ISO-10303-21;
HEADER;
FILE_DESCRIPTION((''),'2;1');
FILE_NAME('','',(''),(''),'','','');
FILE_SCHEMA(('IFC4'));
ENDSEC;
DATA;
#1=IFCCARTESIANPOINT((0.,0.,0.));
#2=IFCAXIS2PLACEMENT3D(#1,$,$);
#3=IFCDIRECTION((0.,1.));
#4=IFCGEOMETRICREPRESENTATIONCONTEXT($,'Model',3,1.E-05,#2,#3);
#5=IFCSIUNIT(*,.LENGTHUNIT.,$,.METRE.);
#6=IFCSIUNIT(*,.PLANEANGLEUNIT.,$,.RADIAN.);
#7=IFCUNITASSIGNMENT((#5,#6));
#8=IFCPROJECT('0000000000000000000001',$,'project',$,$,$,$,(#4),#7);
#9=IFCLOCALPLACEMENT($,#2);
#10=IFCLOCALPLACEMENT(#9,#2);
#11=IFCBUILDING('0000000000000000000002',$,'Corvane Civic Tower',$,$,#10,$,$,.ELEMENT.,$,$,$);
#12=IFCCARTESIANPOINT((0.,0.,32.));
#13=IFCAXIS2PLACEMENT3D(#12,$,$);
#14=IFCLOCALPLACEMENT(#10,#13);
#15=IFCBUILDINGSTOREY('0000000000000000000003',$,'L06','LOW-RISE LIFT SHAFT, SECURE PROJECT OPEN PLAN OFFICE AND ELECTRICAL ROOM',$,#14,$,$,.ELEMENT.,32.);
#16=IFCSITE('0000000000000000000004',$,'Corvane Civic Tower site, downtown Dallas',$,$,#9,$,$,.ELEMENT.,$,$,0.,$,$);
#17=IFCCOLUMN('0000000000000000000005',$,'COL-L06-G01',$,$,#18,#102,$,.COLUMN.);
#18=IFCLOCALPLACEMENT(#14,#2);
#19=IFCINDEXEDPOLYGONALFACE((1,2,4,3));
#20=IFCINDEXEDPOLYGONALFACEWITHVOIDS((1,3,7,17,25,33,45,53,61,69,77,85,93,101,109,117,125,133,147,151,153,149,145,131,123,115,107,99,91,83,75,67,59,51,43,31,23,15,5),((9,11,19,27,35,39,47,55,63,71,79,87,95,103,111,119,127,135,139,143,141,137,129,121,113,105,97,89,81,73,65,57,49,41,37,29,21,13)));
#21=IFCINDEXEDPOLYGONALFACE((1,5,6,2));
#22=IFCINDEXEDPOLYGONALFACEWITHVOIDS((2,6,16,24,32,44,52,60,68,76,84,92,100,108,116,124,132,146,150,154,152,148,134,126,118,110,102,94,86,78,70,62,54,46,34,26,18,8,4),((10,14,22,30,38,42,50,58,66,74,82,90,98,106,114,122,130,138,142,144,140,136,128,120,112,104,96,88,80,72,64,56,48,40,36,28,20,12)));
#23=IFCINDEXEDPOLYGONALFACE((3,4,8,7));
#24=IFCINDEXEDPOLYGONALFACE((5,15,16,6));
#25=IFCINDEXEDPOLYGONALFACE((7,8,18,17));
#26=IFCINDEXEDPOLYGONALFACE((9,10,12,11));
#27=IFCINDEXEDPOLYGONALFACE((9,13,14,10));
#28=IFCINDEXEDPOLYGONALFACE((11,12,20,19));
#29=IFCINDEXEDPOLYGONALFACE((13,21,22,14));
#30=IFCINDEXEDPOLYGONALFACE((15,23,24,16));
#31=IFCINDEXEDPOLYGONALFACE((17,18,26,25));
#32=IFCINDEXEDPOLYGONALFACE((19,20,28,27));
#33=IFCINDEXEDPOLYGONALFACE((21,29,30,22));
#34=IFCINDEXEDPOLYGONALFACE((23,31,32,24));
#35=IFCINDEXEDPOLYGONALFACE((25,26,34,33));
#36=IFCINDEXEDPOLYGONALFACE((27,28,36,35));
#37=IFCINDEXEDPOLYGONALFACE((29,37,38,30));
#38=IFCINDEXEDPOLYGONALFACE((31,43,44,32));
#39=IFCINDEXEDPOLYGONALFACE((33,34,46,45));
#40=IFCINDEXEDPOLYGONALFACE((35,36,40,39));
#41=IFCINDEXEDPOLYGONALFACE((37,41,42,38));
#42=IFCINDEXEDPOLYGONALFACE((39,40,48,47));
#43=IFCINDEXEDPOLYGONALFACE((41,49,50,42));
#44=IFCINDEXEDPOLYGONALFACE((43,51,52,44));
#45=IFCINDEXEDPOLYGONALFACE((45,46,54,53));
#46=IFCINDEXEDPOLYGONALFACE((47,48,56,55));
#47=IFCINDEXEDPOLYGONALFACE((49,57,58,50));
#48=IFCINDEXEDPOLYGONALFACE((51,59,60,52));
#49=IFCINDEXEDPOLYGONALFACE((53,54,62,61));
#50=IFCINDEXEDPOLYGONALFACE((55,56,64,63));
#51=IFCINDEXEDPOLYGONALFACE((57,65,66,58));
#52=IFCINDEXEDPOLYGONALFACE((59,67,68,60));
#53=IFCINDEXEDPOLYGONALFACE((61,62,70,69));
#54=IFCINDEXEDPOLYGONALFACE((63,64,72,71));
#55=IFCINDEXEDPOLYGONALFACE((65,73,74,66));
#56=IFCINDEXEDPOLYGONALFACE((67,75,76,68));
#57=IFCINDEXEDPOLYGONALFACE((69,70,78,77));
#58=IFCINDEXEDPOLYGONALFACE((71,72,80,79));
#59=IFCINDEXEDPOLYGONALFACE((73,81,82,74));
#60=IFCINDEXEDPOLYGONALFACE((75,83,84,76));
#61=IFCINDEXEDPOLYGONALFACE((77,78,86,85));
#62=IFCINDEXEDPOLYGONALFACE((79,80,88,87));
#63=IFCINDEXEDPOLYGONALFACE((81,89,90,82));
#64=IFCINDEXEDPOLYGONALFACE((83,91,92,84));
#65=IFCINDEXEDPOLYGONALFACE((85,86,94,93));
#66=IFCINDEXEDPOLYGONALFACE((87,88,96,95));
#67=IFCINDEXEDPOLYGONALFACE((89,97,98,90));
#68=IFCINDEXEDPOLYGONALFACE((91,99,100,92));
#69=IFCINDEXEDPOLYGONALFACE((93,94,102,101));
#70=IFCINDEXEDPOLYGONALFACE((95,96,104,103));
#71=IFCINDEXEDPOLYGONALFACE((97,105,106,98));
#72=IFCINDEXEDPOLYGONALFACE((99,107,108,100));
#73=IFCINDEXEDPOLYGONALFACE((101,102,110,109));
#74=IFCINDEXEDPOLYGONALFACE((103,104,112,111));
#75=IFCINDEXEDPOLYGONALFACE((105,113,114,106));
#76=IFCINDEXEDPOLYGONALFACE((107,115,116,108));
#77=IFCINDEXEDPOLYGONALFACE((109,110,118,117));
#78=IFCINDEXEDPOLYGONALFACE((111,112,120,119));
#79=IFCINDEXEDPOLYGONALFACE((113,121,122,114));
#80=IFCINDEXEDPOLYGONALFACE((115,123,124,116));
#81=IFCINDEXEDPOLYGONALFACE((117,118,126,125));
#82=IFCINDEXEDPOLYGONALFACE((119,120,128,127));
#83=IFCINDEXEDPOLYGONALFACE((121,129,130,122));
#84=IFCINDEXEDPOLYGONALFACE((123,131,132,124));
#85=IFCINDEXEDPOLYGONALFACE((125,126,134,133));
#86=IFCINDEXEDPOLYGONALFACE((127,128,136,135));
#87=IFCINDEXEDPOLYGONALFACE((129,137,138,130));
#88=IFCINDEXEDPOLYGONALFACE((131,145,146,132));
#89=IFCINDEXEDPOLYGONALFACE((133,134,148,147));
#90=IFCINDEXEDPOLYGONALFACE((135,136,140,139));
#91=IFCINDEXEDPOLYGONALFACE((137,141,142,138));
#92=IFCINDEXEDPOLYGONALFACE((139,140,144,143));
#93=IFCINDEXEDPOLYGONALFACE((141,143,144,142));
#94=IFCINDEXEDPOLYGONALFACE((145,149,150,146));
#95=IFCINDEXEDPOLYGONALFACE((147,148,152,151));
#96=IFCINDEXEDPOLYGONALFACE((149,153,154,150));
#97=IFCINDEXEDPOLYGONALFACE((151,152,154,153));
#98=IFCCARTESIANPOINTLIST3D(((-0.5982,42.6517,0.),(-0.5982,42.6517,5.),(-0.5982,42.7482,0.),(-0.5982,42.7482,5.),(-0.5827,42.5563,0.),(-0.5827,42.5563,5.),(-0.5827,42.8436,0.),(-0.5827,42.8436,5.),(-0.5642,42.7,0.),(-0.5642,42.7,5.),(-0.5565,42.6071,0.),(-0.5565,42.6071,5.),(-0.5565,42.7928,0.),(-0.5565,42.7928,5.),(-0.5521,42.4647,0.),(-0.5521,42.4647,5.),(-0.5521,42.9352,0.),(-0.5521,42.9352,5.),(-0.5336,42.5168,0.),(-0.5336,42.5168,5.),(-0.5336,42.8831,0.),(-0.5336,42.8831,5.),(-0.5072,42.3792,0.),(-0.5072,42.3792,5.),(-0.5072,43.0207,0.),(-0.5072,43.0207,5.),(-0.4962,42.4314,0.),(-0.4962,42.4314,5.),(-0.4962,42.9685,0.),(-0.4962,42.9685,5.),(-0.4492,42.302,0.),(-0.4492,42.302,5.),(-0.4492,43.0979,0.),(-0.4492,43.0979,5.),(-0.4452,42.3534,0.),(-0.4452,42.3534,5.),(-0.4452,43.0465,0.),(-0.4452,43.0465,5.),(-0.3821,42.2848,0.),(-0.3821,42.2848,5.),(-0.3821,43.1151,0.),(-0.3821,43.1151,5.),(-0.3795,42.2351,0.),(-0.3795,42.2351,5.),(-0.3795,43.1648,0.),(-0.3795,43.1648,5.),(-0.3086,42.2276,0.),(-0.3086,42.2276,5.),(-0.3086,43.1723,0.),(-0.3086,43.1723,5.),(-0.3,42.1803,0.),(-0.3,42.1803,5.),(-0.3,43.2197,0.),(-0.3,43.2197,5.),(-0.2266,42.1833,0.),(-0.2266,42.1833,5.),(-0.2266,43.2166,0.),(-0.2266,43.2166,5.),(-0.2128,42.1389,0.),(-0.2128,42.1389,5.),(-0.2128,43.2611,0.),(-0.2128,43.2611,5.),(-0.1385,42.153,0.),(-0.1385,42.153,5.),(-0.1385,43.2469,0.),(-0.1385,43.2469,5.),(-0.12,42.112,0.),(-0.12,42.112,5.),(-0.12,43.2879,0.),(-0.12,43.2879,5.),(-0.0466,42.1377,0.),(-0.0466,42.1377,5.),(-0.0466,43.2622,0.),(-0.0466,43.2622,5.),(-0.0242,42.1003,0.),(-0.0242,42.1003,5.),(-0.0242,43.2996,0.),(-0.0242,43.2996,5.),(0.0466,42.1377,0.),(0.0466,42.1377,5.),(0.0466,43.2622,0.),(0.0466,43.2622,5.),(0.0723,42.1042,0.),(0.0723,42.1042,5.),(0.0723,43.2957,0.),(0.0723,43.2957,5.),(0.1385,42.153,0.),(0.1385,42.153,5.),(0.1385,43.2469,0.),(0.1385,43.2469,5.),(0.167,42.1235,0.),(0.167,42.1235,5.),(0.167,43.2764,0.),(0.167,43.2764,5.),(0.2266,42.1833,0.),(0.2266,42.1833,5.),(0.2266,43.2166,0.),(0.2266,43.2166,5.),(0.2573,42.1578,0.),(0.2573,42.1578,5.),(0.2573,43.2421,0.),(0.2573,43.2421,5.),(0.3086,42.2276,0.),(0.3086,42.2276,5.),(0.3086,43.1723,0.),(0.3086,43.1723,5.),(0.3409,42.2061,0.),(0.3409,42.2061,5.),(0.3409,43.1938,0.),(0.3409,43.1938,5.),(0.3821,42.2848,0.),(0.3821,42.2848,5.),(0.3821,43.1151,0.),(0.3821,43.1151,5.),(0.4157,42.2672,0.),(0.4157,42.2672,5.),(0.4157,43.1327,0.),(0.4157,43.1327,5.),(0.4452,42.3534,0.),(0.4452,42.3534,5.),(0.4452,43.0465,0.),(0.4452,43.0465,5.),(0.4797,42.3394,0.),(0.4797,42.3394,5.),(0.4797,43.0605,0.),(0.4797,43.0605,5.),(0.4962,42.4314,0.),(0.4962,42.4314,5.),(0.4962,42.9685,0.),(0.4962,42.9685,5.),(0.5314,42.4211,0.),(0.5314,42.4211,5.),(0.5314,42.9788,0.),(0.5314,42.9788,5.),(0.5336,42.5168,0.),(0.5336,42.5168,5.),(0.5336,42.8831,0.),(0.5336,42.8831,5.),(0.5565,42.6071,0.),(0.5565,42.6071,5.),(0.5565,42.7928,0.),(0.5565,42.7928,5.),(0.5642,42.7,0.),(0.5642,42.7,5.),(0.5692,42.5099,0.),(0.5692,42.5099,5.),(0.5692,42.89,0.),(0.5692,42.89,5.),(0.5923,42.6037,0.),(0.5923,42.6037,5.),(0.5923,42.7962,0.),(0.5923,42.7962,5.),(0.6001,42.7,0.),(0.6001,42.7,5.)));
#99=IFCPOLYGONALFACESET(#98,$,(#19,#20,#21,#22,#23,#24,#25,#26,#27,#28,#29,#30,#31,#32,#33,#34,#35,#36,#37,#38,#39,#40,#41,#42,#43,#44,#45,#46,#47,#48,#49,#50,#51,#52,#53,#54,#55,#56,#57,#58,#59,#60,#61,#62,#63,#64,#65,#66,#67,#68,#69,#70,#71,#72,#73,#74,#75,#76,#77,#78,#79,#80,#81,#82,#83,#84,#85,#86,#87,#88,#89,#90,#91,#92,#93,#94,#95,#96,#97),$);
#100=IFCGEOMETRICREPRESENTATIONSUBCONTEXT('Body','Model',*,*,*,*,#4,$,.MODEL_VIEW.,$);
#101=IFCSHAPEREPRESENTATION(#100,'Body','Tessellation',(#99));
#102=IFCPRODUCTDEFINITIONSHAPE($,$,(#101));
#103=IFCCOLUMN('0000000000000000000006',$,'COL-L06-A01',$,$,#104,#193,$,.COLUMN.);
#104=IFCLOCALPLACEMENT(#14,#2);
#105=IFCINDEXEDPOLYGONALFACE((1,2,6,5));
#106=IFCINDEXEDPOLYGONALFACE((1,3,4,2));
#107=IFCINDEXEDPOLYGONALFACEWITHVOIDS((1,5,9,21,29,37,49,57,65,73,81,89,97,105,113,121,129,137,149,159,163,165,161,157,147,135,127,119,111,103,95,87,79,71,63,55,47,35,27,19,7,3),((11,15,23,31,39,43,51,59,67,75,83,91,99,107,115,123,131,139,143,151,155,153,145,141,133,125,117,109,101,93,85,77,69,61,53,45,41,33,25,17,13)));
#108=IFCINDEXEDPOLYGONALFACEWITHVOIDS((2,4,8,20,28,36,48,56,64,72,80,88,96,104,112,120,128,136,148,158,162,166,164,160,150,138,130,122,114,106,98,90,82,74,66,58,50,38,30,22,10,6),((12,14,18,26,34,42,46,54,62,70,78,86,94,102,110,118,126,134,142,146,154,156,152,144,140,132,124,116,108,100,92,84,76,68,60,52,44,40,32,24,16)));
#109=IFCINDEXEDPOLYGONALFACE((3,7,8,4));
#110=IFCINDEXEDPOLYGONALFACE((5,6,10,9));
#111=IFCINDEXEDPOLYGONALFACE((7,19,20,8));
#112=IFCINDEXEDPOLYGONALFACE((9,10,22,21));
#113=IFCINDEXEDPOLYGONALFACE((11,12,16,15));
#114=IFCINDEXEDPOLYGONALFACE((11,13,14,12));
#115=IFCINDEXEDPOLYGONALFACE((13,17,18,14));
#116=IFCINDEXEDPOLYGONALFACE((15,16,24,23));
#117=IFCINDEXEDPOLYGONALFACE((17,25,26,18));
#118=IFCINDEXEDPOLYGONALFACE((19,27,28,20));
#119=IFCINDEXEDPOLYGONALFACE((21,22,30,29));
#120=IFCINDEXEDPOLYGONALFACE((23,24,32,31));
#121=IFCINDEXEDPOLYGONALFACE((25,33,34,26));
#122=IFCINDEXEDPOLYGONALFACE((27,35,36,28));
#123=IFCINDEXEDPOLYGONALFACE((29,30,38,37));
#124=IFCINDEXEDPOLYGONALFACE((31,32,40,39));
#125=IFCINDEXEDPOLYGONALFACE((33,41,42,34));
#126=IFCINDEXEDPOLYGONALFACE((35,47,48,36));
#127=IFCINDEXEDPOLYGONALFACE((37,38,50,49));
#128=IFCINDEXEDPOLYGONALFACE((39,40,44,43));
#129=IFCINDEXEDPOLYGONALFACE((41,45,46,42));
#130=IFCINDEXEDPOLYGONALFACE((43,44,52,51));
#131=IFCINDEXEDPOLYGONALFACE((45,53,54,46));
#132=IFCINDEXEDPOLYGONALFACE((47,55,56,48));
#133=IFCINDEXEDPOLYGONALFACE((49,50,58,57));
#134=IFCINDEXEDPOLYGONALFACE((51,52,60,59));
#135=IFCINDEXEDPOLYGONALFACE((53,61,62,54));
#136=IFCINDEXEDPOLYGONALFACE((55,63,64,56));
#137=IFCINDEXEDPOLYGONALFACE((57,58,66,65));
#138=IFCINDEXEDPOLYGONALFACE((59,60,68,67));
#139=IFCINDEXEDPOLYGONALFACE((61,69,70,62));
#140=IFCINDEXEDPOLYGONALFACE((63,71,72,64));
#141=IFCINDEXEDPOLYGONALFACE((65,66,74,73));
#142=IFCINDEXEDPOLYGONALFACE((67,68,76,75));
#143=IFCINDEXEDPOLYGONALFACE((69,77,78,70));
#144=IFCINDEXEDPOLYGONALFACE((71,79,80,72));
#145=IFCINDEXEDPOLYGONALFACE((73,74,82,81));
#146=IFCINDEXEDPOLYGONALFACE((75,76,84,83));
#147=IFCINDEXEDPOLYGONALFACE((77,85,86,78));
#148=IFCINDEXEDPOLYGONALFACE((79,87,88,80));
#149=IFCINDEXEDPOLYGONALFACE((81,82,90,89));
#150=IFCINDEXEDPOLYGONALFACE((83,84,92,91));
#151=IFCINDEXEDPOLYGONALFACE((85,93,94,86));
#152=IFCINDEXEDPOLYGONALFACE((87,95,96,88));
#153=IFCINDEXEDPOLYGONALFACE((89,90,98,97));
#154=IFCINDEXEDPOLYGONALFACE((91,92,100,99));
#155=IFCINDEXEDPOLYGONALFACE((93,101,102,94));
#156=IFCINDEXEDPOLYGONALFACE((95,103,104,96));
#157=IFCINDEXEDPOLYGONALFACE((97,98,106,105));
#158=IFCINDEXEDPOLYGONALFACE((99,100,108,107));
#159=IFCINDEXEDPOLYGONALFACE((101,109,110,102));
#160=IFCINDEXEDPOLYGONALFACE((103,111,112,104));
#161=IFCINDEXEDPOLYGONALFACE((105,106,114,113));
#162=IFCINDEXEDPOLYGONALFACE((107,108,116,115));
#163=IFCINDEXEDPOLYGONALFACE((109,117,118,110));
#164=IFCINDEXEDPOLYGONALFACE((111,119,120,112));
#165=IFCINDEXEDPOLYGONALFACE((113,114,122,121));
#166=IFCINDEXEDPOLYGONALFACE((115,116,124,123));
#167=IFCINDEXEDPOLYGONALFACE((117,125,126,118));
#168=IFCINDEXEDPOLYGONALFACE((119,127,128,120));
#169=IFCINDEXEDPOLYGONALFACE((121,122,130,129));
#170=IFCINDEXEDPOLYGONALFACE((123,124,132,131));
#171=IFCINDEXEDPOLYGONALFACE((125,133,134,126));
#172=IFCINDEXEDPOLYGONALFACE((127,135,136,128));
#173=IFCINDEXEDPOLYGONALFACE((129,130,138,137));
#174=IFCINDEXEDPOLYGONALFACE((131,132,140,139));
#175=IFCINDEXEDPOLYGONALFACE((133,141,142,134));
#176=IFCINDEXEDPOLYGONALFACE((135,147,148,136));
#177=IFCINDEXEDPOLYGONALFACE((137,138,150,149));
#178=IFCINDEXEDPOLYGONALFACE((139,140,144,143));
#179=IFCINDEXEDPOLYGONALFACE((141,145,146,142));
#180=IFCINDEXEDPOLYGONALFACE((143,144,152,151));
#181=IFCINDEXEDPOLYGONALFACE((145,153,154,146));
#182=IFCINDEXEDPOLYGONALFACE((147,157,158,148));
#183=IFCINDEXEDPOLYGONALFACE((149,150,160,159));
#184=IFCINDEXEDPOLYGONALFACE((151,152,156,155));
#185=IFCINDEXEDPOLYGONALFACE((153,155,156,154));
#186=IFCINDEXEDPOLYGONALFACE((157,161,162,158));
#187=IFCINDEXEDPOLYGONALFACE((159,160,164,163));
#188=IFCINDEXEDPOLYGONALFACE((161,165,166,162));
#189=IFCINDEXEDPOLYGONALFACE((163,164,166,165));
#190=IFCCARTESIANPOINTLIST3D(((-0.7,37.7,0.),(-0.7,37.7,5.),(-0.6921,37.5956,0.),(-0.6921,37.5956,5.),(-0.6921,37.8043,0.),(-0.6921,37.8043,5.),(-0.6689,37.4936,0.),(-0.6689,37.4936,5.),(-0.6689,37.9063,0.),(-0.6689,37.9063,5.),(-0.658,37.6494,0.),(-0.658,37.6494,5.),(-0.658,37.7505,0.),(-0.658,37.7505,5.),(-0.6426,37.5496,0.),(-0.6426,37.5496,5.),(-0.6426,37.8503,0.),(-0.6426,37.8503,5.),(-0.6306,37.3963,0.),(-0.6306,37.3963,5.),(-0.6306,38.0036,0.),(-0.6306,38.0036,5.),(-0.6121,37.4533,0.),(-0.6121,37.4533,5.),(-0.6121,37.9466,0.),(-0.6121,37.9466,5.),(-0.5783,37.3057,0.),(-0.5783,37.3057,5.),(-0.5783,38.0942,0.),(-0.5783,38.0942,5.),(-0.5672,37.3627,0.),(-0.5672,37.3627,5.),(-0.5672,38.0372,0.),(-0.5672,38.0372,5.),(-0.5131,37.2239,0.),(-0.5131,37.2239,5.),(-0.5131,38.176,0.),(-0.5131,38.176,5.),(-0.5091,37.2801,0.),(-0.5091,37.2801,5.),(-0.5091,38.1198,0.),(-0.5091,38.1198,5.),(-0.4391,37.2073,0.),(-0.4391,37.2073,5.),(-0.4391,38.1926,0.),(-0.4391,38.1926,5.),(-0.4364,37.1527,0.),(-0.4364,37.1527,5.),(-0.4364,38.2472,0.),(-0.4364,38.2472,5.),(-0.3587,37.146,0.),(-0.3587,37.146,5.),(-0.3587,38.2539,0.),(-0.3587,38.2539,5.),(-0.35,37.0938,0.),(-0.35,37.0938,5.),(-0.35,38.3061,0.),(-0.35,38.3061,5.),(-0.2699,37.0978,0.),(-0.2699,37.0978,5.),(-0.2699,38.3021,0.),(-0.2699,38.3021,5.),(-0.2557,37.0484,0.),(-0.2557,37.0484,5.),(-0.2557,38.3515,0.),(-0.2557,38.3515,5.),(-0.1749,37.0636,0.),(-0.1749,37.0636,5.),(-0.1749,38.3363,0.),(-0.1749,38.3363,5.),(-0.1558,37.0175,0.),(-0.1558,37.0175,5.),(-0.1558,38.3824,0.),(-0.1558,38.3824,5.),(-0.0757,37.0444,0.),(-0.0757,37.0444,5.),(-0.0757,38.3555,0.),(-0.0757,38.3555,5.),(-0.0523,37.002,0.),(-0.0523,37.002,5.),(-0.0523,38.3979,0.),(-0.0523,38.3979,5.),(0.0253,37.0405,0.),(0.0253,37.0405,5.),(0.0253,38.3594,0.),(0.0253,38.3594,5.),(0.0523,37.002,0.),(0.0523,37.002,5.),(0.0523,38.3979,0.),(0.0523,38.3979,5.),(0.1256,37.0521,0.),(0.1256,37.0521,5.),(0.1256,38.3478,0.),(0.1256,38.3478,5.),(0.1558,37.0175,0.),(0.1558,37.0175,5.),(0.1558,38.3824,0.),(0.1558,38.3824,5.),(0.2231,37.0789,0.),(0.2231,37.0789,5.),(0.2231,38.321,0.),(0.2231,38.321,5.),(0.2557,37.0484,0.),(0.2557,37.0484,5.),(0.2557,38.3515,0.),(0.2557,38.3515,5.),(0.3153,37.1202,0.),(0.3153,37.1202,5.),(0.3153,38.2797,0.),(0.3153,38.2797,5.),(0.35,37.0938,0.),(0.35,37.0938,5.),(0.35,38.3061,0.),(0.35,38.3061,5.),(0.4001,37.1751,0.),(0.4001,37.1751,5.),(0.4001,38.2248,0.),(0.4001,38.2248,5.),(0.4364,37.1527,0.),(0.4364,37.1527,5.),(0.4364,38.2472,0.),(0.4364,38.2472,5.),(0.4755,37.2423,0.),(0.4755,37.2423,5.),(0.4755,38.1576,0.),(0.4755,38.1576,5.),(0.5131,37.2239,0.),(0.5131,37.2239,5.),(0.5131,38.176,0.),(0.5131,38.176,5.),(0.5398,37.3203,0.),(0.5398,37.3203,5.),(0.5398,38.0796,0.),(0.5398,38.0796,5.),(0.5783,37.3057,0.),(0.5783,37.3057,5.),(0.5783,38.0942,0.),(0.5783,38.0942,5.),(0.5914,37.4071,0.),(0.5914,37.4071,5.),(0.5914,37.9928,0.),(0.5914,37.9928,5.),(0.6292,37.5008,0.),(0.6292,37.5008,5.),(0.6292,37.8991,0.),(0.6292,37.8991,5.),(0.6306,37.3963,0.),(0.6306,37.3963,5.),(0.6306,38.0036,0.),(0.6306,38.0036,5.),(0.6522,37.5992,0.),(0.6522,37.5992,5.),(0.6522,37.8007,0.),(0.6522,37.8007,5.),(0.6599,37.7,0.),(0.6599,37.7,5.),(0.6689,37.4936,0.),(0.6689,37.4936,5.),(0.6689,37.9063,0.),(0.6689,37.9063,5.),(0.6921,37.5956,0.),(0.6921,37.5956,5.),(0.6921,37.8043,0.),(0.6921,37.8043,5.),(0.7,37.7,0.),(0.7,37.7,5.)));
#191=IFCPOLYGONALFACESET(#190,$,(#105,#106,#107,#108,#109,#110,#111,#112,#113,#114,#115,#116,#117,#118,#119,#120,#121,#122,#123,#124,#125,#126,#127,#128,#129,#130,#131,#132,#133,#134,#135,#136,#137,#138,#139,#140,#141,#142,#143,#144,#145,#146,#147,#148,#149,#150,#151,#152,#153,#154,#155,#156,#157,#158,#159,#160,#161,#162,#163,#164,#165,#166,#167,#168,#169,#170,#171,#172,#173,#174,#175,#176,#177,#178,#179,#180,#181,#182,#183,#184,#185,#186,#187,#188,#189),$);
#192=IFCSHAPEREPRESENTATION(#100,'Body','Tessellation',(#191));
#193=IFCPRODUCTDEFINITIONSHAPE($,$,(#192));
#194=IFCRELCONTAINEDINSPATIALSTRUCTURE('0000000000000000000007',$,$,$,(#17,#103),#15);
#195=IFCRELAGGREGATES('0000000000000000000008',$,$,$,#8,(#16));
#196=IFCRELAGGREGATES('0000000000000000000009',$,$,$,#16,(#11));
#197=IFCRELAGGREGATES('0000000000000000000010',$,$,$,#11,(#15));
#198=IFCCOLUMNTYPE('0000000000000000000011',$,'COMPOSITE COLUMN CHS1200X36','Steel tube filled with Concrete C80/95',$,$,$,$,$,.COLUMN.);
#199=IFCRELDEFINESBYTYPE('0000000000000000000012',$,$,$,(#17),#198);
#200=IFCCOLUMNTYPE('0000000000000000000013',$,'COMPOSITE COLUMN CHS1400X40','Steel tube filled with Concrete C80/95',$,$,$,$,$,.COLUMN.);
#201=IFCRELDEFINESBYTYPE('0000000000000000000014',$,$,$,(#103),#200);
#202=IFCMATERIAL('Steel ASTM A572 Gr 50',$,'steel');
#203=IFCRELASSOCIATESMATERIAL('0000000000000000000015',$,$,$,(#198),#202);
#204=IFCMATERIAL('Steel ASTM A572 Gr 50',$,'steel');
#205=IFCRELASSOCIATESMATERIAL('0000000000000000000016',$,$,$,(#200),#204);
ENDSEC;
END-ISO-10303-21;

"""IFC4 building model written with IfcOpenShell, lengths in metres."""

from ifc_helpers import new_model, si_unit, direction, frame, origin, origin_2d, place, context, subcontext, project, spatial, hollow_circle, extrude, material, material_profile, profile_set, type_object, element, save


model = new_model("IFC4")

# Units and contexts
model_context = context("Model", 3, precision=1e-05, world=origin(), true_north=direction((0.0, 1.0)))
body_context = subcontext(model_context, "Body", "Model", "MODEL_VIEW")
ifc_project = project(units=[si_unit("LENGTHUNIT", "METRE"), si_unit("PLANEANGLEUNIT", "RADIAN")], contexts=[model_context])

# Site, building, storey
site_placement = place(None, origin())
site = spatial("IfcSite", under=ifc_project, at=site_placement, Name="Corvane Civic Tower site, downtown Dallas", CompositionType="ELEMENT", RefElevation=0.0)
building_placement = place(site_placement, origin())
building = spatial("IfcBuilding", under=site, at=building_placement, Name="Corvane Civic Tower", CompositionType="ELEMENT")
storey_placement = place(building_placement, frame((0.0, 0.0, 32.0)))
storey = spatial("IfcBuildingStorey", under=building, at=storey_placement, Name="L06", Description="LOW-RISE LIFT SHAFT, SECURE PROJECT OPEN PLAN OFFICE AND ELECTRICAL ROOM", CompositionType="ELEMENT", Elevation=32.0)

# Columns
ifc_material_1 = material(Name="Steel ASTM A572 Gr 50", Category="steel")
ifc_material_profile_1 = material_profile(ifc_material_1, hollow_circle(Radius=0.6001, WallThickness=0.0359, at=origin_2d()), Name="CHS1200X36")
ifc_profile_set_1 = profile_set([ifc_material_profile_1], Name="Steel ASTM A572 Gr 50")
column_type_1 = type_object("IfcColumnType", Name="COMPOSITE COLUMN CHS1200X36", Description="Steel tube filled with Concrete C80/95", PredefinedType="COLUMN", material=ifc_profile_set_1)
column_placement = place(storey_placement, frame((0.0, 42.7, 0.0), z_axis=(0.0, 0.0, 1.0), x_axis=(1.0, 0.0, 0.0)))
element("IfcColumn", 1, at=column_placement, inside=storey, type_object=column_type_1, Name="COL-L06-G01", PredefinedType="COLUMN", context=body_context, shape_type="SweptSolid", body=[
    extrude(hollow_circle(Radius=0.6001, WallThickness=0.0359, at=origin_2d()), origin(), (0.0, 0.0, 1.0), 5.0),
])
ifc_material_2 = material(Name="Steel ASTM A572 Gr 50", Category="steel")
ifc_material_profile_2 = material_profile(ifc_material_2, hollow_circle(Radius=0.7, WallThickness=0.04, at=origin_2d()), Name="CHS1400X40")
ifc_profile_set_2 = profile_set([ifc_material_profile_2], Name="Steel ASTM A572 Gr 50")
column_type_2 = type_object("IfcColumnType", Name="COMPOSITE COLUMN CHS1400X40", Description="Steel tube filled with Concrete C80/95", PredefinedType="COLUMN", material=ifc_profile_set_2)
for number, where, z_axis, x_axis, name in (
    (2, (0.0, 37.7, 0.0), (0.0, 0.0, 1.0), (1.0, 0.0, 0.0), "COL-L06-A01"),
):
    element("IfcColumn", number, at=place(storey_placement, frame(where, z_axis=z_axis, x_axis=x_axis)), inside=storey, type_object=column_type_2, Name=name, PredefinedType="COLUMN", context=body_context, shape_type="SweptSolid", body=[
        extrude(hollow_circle(Radius=0.7, WallThickness=0.04, at=origin_2d()), origin(), (0.0, 0.0, 1.0), 5.0),
    ])

save(model, "model.ifc")
